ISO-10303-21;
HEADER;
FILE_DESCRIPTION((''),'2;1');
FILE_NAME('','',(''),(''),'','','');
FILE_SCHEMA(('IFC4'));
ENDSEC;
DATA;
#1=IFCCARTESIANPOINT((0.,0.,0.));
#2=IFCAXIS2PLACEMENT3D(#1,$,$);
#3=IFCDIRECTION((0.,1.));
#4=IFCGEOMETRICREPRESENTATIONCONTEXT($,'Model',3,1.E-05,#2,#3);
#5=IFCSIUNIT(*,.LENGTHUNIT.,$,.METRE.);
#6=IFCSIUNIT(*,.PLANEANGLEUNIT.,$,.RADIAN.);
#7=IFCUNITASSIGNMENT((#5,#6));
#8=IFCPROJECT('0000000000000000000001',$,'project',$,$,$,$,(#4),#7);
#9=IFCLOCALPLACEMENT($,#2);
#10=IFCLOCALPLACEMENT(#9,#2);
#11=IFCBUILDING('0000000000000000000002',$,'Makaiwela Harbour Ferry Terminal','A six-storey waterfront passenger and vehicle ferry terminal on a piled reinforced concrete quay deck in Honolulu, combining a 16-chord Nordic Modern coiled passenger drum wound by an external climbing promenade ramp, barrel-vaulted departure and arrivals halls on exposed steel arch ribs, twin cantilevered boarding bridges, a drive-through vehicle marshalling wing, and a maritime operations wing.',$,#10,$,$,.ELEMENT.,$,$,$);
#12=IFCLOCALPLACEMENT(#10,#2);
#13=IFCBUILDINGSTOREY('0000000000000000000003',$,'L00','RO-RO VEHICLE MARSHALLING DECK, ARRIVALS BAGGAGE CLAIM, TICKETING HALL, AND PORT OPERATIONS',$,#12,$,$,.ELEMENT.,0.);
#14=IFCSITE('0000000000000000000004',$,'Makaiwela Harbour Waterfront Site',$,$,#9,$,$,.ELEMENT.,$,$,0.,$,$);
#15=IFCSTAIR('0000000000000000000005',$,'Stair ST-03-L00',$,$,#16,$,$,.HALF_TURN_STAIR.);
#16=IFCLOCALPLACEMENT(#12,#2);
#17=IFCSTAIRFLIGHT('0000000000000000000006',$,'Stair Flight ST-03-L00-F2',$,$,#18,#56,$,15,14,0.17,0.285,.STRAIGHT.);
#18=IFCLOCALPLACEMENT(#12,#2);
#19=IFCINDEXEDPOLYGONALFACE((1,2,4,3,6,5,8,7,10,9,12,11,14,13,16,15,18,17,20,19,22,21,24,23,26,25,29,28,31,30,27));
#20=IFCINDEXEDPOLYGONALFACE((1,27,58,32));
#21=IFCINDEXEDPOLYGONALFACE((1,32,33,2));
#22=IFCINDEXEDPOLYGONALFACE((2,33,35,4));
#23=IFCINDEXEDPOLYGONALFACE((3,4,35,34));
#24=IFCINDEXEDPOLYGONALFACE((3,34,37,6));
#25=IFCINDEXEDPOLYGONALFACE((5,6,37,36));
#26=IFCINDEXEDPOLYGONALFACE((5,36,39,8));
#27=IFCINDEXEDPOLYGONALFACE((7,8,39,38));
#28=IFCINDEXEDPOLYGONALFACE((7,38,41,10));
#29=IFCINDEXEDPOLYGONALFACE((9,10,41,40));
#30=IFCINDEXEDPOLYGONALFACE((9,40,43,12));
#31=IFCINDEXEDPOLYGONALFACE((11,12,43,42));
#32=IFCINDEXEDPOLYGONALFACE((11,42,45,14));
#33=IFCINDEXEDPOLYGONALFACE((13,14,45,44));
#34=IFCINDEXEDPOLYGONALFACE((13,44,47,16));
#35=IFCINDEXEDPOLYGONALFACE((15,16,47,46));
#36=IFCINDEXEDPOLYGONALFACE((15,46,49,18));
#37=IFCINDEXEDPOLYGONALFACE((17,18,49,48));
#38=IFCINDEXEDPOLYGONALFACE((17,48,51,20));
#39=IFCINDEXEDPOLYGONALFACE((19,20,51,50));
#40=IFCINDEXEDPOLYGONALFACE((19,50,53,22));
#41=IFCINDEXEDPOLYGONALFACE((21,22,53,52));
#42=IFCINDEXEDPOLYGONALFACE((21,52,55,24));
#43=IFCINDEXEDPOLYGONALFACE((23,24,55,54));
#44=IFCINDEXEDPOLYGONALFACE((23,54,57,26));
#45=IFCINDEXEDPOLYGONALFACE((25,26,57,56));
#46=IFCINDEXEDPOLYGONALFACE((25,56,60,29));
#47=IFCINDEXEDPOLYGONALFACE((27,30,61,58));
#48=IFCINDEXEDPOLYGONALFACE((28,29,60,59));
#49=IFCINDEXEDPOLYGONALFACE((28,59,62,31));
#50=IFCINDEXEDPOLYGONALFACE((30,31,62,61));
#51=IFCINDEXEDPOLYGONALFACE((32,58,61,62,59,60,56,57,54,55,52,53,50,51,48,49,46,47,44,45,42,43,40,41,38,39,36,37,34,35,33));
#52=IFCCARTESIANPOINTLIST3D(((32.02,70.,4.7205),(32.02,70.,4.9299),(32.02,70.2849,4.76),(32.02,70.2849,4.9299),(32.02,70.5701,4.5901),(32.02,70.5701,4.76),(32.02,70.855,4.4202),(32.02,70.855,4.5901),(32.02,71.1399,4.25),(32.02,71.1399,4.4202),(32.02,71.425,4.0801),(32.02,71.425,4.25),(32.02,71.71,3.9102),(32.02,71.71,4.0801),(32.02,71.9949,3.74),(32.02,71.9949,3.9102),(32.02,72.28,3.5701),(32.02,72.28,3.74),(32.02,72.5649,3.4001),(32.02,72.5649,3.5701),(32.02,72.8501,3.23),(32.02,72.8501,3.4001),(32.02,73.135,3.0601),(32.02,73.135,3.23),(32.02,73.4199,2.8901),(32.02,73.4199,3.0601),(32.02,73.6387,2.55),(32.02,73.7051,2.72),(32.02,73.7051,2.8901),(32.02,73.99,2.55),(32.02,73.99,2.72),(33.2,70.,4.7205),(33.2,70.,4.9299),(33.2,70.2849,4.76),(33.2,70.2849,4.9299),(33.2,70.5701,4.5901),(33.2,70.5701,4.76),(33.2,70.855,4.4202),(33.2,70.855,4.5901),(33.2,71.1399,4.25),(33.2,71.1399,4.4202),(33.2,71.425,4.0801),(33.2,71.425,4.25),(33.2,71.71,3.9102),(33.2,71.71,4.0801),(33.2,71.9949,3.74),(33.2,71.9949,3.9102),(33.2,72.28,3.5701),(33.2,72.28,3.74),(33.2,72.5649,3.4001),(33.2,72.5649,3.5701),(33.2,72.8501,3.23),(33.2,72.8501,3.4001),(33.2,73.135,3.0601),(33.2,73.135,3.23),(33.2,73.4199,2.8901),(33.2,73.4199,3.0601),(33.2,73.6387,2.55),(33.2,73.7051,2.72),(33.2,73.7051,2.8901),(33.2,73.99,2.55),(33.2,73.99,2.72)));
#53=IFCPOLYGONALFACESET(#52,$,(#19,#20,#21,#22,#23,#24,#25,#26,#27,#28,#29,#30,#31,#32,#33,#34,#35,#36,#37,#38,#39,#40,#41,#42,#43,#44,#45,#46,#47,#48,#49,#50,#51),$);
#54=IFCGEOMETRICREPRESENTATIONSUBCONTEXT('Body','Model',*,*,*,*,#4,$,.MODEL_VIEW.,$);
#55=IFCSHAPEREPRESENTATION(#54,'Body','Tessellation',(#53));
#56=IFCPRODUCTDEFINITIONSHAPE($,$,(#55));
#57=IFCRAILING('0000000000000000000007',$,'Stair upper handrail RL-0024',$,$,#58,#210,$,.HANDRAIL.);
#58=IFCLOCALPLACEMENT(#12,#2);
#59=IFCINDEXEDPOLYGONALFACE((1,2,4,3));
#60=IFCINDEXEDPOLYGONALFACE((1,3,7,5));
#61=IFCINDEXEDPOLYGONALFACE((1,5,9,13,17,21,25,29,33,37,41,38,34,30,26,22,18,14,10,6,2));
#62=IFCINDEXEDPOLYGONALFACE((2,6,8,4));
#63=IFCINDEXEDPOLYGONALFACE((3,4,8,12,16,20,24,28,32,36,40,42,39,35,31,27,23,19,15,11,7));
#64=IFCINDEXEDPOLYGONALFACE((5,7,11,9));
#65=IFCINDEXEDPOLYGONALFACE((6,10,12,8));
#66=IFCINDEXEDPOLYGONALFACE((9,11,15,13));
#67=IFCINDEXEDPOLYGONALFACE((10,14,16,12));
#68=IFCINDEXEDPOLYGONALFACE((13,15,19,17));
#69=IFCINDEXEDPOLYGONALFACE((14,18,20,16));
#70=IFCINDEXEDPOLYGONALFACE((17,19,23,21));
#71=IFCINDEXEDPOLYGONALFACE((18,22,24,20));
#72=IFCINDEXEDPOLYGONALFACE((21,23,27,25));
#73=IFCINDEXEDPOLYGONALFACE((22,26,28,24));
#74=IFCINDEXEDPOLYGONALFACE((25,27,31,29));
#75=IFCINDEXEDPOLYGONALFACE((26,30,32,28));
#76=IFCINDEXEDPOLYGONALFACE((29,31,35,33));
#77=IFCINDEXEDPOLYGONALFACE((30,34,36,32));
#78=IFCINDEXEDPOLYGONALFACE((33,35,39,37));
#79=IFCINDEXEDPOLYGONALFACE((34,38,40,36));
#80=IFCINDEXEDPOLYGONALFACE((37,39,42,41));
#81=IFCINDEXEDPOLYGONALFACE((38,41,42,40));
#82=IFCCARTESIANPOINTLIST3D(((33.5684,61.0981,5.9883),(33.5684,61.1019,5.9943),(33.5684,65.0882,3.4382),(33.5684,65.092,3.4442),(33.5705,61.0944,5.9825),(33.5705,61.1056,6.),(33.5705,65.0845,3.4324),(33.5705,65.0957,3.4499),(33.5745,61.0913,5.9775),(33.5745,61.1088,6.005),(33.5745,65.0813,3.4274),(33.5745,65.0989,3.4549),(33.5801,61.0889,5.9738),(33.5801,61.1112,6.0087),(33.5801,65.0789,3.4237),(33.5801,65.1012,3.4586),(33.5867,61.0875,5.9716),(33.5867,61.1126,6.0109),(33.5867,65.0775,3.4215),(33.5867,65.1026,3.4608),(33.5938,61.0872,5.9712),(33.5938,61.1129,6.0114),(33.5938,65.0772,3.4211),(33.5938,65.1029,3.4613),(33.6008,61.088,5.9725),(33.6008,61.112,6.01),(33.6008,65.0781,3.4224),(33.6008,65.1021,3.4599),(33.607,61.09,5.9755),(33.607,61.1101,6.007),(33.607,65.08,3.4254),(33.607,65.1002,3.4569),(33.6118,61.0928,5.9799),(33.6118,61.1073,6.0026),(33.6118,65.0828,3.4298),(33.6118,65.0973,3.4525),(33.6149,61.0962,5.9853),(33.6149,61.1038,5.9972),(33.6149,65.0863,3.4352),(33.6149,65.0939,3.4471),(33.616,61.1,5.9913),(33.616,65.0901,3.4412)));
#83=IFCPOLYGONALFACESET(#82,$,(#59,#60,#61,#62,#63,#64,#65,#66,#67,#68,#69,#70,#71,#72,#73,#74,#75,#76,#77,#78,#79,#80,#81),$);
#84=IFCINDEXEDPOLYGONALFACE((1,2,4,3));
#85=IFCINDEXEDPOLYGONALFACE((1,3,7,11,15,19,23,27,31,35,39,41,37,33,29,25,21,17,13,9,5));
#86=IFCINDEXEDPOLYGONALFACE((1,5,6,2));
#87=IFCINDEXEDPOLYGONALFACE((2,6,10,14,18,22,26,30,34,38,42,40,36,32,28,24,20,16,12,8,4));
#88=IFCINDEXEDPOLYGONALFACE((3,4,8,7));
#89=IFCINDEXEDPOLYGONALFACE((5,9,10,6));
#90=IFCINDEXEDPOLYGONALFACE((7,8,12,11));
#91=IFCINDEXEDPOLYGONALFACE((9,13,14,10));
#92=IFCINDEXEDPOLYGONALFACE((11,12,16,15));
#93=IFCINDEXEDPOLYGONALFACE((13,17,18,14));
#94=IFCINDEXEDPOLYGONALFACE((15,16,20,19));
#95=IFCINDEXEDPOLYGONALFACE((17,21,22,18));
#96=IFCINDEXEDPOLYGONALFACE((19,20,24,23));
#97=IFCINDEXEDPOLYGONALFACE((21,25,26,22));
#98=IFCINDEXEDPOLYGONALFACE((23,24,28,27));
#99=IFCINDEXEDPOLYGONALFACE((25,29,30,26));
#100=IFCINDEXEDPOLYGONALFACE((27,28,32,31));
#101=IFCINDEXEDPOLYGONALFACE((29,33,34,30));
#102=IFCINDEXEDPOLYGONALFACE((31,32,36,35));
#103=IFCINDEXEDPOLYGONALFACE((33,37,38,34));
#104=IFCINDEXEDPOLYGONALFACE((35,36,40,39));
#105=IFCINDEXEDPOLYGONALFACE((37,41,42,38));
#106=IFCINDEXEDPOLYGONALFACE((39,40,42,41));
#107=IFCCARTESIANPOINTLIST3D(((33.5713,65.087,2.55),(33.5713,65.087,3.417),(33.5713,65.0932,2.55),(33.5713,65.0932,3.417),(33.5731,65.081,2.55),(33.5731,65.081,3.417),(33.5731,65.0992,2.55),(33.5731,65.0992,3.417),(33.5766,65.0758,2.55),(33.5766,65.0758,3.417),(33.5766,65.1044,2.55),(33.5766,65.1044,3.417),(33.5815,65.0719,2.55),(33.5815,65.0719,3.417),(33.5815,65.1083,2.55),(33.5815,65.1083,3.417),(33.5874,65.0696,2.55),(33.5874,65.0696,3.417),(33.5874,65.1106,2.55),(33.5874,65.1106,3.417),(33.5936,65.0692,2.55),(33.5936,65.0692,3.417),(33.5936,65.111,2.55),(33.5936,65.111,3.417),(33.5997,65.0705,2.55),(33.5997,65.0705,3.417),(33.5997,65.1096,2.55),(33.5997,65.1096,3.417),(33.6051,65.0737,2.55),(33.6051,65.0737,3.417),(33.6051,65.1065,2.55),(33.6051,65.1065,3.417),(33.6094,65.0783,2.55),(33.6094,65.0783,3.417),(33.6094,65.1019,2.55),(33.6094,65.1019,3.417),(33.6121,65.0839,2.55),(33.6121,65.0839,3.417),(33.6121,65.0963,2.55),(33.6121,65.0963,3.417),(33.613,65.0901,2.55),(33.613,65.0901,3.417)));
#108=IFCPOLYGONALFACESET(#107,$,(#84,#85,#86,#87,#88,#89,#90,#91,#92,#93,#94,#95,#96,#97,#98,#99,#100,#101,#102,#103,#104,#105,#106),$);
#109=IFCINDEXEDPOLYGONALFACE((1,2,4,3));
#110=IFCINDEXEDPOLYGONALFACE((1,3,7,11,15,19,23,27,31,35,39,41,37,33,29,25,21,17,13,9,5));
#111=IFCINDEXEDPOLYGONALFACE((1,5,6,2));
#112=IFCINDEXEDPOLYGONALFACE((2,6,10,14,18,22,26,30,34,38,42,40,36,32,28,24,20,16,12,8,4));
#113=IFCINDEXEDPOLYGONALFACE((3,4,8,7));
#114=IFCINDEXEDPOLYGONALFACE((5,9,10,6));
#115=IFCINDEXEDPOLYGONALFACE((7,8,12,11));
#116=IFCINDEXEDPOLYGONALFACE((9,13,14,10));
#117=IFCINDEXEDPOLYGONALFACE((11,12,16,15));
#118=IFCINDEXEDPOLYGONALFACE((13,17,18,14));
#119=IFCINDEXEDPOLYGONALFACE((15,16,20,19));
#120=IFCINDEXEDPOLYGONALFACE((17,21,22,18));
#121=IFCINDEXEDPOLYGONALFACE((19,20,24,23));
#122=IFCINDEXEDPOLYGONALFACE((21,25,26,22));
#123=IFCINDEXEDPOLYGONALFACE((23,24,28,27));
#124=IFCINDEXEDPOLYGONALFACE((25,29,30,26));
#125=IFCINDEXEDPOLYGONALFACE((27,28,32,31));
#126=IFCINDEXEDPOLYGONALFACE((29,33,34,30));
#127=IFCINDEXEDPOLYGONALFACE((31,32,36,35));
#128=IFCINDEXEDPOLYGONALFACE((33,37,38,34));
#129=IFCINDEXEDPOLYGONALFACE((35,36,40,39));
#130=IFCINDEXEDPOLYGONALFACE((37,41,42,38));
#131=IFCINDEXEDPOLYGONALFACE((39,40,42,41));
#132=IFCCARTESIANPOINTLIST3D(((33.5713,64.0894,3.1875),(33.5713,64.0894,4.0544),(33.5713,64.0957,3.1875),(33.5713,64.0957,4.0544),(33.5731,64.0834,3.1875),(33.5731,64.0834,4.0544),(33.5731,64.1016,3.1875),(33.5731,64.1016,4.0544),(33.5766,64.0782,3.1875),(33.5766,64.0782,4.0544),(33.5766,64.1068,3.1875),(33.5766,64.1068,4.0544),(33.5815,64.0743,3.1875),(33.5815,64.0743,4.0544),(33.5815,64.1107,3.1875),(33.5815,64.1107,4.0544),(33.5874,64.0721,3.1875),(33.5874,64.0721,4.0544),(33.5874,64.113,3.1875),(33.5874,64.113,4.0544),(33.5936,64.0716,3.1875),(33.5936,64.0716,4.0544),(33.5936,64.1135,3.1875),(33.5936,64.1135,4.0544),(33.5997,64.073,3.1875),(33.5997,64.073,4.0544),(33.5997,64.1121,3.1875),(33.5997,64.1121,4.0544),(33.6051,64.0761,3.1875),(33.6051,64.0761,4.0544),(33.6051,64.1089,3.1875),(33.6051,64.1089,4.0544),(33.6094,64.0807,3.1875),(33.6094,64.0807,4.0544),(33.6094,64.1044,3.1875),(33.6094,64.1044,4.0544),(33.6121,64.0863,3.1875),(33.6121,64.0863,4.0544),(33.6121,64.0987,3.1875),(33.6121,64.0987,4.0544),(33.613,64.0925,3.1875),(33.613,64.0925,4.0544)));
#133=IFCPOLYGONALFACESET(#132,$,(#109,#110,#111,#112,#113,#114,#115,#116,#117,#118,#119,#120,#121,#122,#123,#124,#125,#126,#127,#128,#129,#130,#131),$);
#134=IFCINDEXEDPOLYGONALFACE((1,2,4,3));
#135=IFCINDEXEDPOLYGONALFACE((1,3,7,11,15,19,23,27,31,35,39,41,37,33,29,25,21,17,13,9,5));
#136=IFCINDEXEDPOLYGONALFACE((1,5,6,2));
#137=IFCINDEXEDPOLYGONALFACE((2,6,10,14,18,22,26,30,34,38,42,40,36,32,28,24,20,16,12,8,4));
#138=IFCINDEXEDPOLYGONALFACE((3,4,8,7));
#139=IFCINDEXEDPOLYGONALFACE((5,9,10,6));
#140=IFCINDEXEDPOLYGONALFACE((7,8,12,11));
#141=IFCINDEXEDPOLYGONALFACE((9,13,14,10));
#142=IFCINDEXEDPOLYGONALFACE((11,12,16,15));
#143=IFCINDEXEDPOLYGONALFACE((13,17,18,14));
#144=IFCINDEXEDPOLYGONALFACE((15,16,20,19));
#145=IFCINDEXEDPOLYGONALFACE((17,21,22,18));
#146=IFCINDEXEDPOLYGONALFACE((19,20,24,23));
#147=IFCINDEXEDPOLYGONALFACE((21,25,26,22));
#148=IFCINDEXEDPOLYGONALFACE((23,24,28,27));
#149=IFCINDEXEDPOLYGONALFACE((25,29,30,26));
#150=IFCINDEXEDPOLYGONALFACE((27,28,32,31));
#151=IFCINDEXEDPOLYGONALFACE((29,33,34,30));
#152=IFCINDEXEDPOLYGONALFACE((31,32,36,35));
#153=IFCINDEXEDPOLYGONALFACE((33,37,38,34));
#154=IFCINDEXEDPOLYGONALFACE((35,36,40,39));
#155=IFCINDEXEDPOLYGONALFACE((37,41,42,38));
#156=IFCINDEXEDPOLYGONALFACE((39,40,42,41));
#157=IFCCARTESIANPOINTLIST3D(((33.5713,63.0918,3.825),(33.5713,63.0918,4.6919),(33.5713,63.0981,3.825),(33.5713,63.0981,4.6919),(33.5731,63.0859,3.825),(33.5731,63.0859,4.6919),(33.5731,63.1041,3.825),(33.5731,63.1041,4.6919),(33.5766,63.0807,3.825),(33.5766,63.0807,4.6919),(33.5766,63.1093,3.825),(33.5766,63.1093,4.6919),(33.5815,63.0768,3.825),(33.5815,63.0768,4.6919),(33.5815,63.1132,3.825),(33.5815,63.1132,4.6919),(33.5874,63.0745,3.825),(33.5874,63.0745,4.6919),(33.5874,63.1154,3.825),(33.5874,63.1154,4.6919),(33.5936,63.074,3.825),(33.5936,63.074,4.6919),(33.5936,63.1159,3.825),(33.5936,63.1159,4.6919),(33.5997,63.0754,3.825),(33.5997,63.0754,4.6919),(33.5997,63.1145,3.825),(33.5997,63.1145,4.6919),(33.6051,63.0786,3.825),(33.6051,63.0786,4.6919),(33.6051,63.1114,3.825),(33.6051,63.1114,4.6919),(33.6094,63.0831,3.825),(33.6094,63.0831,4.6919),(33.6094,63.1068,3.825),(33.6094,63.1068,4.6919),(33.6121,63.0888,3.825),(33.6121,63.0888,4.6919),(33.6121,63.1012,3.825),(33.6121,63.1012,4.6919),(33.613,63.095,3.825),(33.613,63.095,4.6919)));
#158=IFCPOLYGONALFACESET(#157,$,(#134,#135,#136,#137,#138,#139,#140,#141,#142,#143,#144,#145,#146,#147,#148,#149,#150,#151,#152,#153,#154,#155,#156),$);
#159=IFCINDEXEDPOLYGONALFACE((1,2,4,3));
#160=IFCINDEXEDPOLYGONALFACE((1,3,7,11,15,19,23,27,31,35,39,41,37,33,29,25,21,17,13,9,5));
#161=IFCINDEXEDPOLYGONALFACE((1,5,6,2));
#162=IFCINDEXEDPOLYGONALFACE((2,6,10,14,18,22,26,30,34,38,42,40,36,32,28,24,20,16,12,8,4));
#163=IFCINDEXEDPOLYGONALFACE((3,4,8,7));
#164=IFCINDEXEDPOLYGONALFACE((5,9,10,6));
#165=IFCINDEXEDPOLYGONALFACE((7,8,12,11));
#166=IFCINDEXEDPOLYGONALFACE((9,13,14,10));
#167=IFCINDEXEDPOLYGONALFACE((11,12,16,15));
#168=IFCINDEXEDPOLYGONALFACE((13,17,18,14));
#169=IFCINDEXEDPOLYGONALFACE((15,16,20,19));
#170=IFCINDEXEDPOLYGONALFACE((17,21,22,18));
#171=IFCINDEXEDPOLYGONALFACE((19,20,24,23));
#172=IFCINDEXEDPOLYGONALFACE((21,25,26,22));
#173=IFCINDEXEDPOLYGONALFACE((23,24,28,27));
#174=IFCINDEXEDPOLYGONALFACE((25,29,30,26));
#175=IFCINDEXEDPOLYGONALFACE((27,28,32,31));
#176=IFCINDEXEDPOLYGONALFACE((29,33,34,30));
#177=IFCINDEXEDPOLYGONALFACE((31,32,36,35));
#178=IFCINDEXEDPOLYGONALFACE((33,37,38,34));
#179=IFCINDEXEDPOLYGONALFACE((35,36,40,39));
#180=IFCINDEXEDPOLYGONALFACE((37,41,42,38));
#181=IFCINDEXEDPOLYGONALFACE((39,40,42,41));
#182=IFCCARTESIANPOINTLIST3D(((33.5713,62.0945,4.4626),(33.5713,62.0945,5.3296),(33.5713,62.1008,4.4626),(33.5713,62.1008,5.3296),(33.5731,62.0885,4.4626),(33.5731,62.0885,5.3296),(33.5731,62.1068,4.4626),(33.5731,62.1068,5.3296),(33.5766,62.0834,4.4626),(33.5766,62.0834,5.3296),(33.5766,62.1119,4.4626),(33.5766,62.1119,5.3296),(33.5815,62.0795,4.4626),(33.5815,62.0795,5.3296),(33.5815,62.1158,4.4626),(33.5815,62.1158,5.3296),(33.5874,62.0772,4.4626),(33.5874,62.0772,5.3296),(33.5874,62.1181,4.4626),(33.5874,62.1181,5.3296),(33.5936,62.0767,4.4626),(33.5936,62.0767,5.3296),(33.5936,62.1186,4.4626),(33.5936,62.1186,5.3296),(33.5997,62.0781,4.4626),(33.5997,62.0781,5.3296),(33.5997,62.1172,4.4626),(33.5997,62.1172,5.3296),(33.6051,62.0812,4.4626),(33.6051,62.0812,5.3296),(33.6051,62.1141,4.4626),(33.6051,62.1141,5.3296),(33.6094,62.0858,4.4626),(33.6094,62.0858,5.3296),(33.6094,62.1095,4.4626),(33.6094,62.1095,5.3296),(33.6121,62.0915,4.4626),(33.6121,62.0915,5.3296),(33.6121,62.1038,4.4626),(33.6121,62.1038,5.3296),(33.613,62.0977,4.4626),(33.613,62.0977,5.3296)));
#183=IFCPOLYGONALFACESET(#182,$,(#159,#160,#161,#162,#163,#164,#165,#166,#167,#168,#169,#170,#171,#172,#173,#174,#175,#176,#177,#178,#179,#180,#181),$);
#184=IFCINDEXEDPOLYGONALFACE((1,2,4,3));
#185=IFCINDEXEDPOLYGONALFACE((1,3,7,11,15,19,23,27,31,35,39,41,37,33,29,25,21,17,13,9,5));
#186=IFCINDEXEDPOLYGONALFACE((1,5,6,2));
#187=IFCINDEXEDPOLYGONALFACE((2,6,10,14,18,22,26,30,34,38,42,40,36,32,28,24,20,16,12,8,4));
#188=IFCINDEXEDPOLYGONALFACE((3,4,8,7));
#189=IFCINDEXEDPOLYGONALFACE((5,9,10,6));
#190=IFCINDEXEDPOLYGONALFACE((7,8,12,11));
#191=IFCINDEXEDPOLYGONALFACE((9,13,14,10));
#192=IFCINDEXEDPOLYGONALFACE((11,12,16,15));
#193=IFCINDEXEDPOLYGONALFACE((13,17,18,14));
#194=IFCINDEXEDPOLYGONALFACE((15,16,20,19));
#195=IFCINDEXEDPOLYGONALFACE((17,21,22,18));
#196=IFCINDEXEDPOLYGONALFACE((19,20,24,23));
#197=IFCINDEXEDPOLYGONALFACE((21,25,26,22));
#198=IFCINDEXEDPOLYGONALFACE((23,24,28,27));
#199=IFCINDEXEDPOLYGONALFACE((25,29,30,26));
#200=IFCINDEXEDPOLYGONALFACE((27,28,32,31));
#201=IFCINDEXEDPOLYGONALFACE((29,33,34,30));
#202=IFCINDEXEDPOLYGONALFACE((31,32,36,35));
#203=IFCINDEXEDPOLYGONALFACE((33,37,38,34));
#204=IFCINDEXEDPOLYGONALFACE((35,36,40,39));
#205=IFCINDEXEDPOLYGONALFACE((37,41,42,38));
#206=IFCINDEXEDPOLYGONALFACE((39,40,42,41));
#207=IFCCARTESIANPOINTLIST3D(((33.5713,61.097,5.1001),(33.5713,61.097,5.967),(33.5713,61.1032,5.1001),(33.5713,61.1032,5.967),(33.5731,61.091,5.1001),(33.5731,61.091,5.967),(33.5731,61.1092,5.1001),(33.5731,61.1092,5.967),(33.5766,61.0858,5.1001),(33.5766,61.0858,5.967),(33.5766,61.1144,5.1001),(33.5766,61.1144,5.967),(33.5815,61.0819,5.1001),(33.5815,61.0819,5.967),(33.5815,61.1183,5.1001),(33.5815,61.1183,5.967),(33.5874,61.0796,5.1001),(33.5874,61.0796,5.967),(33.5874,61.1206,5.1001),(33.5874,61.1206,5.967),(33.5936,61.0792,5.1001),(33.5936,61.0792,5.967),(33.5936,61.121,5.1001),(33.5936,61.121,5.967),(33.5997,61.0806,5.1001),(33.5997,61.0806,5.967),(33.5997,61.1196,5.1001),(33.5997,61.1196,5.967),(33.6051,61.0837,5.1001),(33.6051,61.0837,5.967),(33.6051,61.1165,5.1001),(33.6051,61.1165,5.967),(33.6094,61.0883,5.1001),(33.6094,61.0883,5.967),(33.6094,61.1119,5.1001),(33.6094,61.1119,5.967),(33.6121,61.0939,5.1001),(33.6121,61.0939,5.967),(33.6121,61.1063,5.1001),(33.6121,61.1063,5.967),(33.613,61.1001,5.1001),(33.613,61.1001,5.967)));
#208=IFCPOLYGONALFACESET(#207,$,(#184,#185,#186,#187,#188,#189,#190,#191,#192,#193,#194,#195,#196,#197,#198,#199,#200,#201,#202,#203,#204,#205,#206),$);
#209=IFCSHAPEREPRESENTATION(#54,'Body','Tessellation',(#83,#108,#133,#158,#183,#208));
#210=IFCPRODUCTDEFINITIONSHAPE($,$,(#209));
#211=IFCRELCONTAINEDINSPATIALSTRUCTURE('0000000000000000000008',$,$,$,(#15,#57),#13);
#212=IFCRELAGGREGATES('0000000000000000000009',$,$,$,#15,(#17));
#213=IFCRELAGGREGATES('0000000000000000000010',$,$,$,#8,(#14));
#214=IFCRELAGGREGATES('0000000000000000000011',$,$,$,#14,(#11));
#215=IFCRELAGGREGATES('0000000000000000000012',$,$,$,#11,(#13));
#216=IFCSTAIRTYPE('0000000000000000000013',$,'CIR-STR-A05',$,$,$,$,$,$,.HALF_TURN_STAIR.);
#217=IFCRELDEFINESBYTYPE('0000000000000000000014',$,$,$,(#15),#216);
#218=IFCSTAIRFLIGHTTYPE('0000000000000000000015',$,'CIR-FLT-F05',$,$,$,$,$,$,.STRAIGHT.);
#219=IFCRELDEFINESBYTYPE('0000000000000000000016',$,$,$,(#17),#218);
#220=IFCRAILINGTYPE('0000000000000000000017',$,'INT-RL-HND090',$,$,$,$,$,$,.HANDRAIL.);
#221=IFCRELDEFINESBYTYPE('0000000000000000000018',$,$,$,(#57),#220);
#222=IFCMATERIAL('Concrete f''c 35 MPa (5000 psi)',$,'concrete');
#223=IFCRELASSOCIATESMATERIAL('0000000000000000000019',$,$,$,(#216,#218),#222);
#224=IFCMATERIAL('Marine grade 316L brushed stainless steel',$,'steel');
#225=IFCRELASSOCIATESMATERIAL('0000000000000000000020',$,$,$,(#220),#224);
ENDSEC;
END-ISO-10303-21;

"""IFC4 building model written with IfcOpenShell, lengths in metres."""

from ifc_helpers import new_model, si_unit, direction, frame, origin, origin_2d, place, context, subcontext, project, spatial, polyline, circle, outline, extrude, material, type_object, element, aggregate, save


model = new_model("IFC4")

# Units and contexts
model_context = context("Model", 3, precision=1e-05, world=origin(), true_north=direction((0.0, 1.0)))
body_context = subcontext(model_context, "Body", "Model", "MODEL_VIEW")
ifc_project = project(units=[si_unit("LENGTHUNIT", "METRE"), si_unit("PLANEANGLEUNIT", "RADIAN")], contexts=[model_context])

# Site, building, storey
site_placement = place(None, origin())
site = spatial("IfcSite", under=ifc_project, at=site_placement, Name="Makaiwela Harbour Waterfront Site", CompositionType="ELEMENT", RefElevation=0.0)
building_placement = place(site_placement, origin())
building = spatial("IfcBuilding", under=site, at=building_placement, Name="Makaiwela Harbour Ferry Terminal", Description="A six-storey waterfront passenger and vehicle ferry terminal on a piled reinforced concrete quay deck in Honolulu, combining a 16-chord Nordic Modern coiled passenger drum wound by an external climbing promenade ramp, barrel-vaulted departure and arrivals halls on exposed steel arch ribs, twin cantilevered boarding bridges, a drive-through vehicle marshalling wing, and a maritime operations wing.", CompositionType="ELEMENT")
storey_placement = place(building_placement, origin())
storey = spatial("IfcBuildingStorey", under=building, at=storey_placement, Name="L00", Description="RO-RO VEHICLE MARSHALLING DECK, ARRIVALS BAGGAGE CLAIM, TICKETING HALL, AND PORT OPERATIONS", CompositionType="ELEMENT", Elevation=0.0)

# Shared definitions
ifc_material_1 = material(Name="Marine grade 316L brushed stainless steel", Category="steel")

# Shared definitions
ifc_material_2 = material(Name="Concrete f'c 35 MPa (5000 psi)", Category="concrete")

# Stair, stair flight
stair_type_1 = type_object("IfcStairType", Name="CIR-STR-A05", PredefinedType="HALF_TURN_STAIR", material=ifc_material_2)
stair_1_placement = place(storey_placement, origin())
stair_1 = element("IfcStair", 1, at=stair_1_placement, inside=storey, type_object=stair_type_1, Name="Stair ST-03-L00", PredefinedType="HALF_TURN_STAIR")
stair_flight_type_1 = type_object("IfcStairFlightType", Name="CIR-FLT-F05", PredefinedType="STRAIGHT", material=ifc_material_2)
stair_flight_1_placement = place(storey_placement, frame((32.6101, 73.99, 2.55), z_axis=(0.0, 0.0, 1.0), x_axis=(0.0, -1.0, 0.0)))
stair_flight_1 = element("IfcStairFlight", 2, at=stair_flight_1_placement, type_object=stair_flight_type_1, Name="Stair Flight ST-03-L00-F2", NumberOfRisers=15, NumberOfTreads=14, PredefinedType="STRAIGHT", RiserHeight=0.17, TreadLength=0.285, context=body_context, shape_type="SweptSolid", body=[
    extrude(outline(polyline([(0.0, 0.0), (0.0, 0.1699), (0.2849, 0.1699), (0.2849, 0.3401), (0.5701, 0.3401), (0.5701, 0.51), (0.855, 0.51), (0.855, 0.6799), (1.1399, 0.6799), (1.1399, 0.8501), (1.425, 0.8501), (1.425, 1.02), (1.71, 1.02), (1.71, 1.1899), (1.9951, 1.1899), (1.9951, 1.3601), (2.28, 1.3601), (2.28, 1.53), (2.5649, 1.53), (2.5649, 1.7), (2.8501, 1.7), (2.8501, 1.8701), (3.135, 1.8701), (3.135, 2.04), (3.4199, 2.04), (3.4199, 2.21), (3.7051, 2.21), (3.7051, 2.3799), (3.99, 2.3799), (3.99, 2.55), (3.99, 2.1704), (0.3513, 0.0), (0.0, 0.0)])), frame((0.0, 0.5898, 0.0), z_axis=(0.0, -1.0, 0.0), x_axis=(1.0, 0.0, 0.0)), (0.0, 0.0, 1.0), 1.1799),
])
aggregate(stair_1, [stair_flight_1])

# Railing
railing_type_1 = type_object("IfcRailingType", Name="INT-RL-HND090", PredefinedType="HANDRAIL", material=ifc_material_1)
railing_1_placement = place(storey_placement, frame((33.592, 65.0901, 2.55)))
element("IfcRailing", 3, at=railing_1_placement, inside=storey, type_object=railing_type_1, Name="Stair upper handrail RL-0024", PredefinedType="HANDRAIL", context=body_context, shape_type="SweptSolid", body=[
    extrude(circle(Radius=0.0239, at=origin_2d()), frame((0.0, 0.0, 0.8911), z_axis=(0.0, -0.842611, 0.538523), x_axis=(1.0, 0.0, 0.0)), (0.0, 0.0, 1.0), 4.7354),
    extrude(circle(Radius=0.021, at=origin_2d()), origin(), (0.0, 0.0, 1.0), 0.8669),
    extrude(circle(Radius=0.021, at=origin_2d()), frame((0.0, -0.9976, 0.6375)), (0.0, 0.0, 1.0), 0.8669),
    extrude(circle(Radius=0.021, at=origin_2d()), frame((0.0, -1.9951, 1.2749)), (0.0, 0.0, 1.0), 0.8669),
    extrude(circle(Radius=0.021, at=origin_2d()), frame((0.0, -2.9924, 1.9126)), (0.0, 0.0, 1.0), 0.8669),
    extrude(circle(Radius=0.021, at=origin_2d()), frame((0.0, -3.99, 2.55)), (0.0, 0.0, 1.0), 0.8669),
])

save(model, "model.ifc")
